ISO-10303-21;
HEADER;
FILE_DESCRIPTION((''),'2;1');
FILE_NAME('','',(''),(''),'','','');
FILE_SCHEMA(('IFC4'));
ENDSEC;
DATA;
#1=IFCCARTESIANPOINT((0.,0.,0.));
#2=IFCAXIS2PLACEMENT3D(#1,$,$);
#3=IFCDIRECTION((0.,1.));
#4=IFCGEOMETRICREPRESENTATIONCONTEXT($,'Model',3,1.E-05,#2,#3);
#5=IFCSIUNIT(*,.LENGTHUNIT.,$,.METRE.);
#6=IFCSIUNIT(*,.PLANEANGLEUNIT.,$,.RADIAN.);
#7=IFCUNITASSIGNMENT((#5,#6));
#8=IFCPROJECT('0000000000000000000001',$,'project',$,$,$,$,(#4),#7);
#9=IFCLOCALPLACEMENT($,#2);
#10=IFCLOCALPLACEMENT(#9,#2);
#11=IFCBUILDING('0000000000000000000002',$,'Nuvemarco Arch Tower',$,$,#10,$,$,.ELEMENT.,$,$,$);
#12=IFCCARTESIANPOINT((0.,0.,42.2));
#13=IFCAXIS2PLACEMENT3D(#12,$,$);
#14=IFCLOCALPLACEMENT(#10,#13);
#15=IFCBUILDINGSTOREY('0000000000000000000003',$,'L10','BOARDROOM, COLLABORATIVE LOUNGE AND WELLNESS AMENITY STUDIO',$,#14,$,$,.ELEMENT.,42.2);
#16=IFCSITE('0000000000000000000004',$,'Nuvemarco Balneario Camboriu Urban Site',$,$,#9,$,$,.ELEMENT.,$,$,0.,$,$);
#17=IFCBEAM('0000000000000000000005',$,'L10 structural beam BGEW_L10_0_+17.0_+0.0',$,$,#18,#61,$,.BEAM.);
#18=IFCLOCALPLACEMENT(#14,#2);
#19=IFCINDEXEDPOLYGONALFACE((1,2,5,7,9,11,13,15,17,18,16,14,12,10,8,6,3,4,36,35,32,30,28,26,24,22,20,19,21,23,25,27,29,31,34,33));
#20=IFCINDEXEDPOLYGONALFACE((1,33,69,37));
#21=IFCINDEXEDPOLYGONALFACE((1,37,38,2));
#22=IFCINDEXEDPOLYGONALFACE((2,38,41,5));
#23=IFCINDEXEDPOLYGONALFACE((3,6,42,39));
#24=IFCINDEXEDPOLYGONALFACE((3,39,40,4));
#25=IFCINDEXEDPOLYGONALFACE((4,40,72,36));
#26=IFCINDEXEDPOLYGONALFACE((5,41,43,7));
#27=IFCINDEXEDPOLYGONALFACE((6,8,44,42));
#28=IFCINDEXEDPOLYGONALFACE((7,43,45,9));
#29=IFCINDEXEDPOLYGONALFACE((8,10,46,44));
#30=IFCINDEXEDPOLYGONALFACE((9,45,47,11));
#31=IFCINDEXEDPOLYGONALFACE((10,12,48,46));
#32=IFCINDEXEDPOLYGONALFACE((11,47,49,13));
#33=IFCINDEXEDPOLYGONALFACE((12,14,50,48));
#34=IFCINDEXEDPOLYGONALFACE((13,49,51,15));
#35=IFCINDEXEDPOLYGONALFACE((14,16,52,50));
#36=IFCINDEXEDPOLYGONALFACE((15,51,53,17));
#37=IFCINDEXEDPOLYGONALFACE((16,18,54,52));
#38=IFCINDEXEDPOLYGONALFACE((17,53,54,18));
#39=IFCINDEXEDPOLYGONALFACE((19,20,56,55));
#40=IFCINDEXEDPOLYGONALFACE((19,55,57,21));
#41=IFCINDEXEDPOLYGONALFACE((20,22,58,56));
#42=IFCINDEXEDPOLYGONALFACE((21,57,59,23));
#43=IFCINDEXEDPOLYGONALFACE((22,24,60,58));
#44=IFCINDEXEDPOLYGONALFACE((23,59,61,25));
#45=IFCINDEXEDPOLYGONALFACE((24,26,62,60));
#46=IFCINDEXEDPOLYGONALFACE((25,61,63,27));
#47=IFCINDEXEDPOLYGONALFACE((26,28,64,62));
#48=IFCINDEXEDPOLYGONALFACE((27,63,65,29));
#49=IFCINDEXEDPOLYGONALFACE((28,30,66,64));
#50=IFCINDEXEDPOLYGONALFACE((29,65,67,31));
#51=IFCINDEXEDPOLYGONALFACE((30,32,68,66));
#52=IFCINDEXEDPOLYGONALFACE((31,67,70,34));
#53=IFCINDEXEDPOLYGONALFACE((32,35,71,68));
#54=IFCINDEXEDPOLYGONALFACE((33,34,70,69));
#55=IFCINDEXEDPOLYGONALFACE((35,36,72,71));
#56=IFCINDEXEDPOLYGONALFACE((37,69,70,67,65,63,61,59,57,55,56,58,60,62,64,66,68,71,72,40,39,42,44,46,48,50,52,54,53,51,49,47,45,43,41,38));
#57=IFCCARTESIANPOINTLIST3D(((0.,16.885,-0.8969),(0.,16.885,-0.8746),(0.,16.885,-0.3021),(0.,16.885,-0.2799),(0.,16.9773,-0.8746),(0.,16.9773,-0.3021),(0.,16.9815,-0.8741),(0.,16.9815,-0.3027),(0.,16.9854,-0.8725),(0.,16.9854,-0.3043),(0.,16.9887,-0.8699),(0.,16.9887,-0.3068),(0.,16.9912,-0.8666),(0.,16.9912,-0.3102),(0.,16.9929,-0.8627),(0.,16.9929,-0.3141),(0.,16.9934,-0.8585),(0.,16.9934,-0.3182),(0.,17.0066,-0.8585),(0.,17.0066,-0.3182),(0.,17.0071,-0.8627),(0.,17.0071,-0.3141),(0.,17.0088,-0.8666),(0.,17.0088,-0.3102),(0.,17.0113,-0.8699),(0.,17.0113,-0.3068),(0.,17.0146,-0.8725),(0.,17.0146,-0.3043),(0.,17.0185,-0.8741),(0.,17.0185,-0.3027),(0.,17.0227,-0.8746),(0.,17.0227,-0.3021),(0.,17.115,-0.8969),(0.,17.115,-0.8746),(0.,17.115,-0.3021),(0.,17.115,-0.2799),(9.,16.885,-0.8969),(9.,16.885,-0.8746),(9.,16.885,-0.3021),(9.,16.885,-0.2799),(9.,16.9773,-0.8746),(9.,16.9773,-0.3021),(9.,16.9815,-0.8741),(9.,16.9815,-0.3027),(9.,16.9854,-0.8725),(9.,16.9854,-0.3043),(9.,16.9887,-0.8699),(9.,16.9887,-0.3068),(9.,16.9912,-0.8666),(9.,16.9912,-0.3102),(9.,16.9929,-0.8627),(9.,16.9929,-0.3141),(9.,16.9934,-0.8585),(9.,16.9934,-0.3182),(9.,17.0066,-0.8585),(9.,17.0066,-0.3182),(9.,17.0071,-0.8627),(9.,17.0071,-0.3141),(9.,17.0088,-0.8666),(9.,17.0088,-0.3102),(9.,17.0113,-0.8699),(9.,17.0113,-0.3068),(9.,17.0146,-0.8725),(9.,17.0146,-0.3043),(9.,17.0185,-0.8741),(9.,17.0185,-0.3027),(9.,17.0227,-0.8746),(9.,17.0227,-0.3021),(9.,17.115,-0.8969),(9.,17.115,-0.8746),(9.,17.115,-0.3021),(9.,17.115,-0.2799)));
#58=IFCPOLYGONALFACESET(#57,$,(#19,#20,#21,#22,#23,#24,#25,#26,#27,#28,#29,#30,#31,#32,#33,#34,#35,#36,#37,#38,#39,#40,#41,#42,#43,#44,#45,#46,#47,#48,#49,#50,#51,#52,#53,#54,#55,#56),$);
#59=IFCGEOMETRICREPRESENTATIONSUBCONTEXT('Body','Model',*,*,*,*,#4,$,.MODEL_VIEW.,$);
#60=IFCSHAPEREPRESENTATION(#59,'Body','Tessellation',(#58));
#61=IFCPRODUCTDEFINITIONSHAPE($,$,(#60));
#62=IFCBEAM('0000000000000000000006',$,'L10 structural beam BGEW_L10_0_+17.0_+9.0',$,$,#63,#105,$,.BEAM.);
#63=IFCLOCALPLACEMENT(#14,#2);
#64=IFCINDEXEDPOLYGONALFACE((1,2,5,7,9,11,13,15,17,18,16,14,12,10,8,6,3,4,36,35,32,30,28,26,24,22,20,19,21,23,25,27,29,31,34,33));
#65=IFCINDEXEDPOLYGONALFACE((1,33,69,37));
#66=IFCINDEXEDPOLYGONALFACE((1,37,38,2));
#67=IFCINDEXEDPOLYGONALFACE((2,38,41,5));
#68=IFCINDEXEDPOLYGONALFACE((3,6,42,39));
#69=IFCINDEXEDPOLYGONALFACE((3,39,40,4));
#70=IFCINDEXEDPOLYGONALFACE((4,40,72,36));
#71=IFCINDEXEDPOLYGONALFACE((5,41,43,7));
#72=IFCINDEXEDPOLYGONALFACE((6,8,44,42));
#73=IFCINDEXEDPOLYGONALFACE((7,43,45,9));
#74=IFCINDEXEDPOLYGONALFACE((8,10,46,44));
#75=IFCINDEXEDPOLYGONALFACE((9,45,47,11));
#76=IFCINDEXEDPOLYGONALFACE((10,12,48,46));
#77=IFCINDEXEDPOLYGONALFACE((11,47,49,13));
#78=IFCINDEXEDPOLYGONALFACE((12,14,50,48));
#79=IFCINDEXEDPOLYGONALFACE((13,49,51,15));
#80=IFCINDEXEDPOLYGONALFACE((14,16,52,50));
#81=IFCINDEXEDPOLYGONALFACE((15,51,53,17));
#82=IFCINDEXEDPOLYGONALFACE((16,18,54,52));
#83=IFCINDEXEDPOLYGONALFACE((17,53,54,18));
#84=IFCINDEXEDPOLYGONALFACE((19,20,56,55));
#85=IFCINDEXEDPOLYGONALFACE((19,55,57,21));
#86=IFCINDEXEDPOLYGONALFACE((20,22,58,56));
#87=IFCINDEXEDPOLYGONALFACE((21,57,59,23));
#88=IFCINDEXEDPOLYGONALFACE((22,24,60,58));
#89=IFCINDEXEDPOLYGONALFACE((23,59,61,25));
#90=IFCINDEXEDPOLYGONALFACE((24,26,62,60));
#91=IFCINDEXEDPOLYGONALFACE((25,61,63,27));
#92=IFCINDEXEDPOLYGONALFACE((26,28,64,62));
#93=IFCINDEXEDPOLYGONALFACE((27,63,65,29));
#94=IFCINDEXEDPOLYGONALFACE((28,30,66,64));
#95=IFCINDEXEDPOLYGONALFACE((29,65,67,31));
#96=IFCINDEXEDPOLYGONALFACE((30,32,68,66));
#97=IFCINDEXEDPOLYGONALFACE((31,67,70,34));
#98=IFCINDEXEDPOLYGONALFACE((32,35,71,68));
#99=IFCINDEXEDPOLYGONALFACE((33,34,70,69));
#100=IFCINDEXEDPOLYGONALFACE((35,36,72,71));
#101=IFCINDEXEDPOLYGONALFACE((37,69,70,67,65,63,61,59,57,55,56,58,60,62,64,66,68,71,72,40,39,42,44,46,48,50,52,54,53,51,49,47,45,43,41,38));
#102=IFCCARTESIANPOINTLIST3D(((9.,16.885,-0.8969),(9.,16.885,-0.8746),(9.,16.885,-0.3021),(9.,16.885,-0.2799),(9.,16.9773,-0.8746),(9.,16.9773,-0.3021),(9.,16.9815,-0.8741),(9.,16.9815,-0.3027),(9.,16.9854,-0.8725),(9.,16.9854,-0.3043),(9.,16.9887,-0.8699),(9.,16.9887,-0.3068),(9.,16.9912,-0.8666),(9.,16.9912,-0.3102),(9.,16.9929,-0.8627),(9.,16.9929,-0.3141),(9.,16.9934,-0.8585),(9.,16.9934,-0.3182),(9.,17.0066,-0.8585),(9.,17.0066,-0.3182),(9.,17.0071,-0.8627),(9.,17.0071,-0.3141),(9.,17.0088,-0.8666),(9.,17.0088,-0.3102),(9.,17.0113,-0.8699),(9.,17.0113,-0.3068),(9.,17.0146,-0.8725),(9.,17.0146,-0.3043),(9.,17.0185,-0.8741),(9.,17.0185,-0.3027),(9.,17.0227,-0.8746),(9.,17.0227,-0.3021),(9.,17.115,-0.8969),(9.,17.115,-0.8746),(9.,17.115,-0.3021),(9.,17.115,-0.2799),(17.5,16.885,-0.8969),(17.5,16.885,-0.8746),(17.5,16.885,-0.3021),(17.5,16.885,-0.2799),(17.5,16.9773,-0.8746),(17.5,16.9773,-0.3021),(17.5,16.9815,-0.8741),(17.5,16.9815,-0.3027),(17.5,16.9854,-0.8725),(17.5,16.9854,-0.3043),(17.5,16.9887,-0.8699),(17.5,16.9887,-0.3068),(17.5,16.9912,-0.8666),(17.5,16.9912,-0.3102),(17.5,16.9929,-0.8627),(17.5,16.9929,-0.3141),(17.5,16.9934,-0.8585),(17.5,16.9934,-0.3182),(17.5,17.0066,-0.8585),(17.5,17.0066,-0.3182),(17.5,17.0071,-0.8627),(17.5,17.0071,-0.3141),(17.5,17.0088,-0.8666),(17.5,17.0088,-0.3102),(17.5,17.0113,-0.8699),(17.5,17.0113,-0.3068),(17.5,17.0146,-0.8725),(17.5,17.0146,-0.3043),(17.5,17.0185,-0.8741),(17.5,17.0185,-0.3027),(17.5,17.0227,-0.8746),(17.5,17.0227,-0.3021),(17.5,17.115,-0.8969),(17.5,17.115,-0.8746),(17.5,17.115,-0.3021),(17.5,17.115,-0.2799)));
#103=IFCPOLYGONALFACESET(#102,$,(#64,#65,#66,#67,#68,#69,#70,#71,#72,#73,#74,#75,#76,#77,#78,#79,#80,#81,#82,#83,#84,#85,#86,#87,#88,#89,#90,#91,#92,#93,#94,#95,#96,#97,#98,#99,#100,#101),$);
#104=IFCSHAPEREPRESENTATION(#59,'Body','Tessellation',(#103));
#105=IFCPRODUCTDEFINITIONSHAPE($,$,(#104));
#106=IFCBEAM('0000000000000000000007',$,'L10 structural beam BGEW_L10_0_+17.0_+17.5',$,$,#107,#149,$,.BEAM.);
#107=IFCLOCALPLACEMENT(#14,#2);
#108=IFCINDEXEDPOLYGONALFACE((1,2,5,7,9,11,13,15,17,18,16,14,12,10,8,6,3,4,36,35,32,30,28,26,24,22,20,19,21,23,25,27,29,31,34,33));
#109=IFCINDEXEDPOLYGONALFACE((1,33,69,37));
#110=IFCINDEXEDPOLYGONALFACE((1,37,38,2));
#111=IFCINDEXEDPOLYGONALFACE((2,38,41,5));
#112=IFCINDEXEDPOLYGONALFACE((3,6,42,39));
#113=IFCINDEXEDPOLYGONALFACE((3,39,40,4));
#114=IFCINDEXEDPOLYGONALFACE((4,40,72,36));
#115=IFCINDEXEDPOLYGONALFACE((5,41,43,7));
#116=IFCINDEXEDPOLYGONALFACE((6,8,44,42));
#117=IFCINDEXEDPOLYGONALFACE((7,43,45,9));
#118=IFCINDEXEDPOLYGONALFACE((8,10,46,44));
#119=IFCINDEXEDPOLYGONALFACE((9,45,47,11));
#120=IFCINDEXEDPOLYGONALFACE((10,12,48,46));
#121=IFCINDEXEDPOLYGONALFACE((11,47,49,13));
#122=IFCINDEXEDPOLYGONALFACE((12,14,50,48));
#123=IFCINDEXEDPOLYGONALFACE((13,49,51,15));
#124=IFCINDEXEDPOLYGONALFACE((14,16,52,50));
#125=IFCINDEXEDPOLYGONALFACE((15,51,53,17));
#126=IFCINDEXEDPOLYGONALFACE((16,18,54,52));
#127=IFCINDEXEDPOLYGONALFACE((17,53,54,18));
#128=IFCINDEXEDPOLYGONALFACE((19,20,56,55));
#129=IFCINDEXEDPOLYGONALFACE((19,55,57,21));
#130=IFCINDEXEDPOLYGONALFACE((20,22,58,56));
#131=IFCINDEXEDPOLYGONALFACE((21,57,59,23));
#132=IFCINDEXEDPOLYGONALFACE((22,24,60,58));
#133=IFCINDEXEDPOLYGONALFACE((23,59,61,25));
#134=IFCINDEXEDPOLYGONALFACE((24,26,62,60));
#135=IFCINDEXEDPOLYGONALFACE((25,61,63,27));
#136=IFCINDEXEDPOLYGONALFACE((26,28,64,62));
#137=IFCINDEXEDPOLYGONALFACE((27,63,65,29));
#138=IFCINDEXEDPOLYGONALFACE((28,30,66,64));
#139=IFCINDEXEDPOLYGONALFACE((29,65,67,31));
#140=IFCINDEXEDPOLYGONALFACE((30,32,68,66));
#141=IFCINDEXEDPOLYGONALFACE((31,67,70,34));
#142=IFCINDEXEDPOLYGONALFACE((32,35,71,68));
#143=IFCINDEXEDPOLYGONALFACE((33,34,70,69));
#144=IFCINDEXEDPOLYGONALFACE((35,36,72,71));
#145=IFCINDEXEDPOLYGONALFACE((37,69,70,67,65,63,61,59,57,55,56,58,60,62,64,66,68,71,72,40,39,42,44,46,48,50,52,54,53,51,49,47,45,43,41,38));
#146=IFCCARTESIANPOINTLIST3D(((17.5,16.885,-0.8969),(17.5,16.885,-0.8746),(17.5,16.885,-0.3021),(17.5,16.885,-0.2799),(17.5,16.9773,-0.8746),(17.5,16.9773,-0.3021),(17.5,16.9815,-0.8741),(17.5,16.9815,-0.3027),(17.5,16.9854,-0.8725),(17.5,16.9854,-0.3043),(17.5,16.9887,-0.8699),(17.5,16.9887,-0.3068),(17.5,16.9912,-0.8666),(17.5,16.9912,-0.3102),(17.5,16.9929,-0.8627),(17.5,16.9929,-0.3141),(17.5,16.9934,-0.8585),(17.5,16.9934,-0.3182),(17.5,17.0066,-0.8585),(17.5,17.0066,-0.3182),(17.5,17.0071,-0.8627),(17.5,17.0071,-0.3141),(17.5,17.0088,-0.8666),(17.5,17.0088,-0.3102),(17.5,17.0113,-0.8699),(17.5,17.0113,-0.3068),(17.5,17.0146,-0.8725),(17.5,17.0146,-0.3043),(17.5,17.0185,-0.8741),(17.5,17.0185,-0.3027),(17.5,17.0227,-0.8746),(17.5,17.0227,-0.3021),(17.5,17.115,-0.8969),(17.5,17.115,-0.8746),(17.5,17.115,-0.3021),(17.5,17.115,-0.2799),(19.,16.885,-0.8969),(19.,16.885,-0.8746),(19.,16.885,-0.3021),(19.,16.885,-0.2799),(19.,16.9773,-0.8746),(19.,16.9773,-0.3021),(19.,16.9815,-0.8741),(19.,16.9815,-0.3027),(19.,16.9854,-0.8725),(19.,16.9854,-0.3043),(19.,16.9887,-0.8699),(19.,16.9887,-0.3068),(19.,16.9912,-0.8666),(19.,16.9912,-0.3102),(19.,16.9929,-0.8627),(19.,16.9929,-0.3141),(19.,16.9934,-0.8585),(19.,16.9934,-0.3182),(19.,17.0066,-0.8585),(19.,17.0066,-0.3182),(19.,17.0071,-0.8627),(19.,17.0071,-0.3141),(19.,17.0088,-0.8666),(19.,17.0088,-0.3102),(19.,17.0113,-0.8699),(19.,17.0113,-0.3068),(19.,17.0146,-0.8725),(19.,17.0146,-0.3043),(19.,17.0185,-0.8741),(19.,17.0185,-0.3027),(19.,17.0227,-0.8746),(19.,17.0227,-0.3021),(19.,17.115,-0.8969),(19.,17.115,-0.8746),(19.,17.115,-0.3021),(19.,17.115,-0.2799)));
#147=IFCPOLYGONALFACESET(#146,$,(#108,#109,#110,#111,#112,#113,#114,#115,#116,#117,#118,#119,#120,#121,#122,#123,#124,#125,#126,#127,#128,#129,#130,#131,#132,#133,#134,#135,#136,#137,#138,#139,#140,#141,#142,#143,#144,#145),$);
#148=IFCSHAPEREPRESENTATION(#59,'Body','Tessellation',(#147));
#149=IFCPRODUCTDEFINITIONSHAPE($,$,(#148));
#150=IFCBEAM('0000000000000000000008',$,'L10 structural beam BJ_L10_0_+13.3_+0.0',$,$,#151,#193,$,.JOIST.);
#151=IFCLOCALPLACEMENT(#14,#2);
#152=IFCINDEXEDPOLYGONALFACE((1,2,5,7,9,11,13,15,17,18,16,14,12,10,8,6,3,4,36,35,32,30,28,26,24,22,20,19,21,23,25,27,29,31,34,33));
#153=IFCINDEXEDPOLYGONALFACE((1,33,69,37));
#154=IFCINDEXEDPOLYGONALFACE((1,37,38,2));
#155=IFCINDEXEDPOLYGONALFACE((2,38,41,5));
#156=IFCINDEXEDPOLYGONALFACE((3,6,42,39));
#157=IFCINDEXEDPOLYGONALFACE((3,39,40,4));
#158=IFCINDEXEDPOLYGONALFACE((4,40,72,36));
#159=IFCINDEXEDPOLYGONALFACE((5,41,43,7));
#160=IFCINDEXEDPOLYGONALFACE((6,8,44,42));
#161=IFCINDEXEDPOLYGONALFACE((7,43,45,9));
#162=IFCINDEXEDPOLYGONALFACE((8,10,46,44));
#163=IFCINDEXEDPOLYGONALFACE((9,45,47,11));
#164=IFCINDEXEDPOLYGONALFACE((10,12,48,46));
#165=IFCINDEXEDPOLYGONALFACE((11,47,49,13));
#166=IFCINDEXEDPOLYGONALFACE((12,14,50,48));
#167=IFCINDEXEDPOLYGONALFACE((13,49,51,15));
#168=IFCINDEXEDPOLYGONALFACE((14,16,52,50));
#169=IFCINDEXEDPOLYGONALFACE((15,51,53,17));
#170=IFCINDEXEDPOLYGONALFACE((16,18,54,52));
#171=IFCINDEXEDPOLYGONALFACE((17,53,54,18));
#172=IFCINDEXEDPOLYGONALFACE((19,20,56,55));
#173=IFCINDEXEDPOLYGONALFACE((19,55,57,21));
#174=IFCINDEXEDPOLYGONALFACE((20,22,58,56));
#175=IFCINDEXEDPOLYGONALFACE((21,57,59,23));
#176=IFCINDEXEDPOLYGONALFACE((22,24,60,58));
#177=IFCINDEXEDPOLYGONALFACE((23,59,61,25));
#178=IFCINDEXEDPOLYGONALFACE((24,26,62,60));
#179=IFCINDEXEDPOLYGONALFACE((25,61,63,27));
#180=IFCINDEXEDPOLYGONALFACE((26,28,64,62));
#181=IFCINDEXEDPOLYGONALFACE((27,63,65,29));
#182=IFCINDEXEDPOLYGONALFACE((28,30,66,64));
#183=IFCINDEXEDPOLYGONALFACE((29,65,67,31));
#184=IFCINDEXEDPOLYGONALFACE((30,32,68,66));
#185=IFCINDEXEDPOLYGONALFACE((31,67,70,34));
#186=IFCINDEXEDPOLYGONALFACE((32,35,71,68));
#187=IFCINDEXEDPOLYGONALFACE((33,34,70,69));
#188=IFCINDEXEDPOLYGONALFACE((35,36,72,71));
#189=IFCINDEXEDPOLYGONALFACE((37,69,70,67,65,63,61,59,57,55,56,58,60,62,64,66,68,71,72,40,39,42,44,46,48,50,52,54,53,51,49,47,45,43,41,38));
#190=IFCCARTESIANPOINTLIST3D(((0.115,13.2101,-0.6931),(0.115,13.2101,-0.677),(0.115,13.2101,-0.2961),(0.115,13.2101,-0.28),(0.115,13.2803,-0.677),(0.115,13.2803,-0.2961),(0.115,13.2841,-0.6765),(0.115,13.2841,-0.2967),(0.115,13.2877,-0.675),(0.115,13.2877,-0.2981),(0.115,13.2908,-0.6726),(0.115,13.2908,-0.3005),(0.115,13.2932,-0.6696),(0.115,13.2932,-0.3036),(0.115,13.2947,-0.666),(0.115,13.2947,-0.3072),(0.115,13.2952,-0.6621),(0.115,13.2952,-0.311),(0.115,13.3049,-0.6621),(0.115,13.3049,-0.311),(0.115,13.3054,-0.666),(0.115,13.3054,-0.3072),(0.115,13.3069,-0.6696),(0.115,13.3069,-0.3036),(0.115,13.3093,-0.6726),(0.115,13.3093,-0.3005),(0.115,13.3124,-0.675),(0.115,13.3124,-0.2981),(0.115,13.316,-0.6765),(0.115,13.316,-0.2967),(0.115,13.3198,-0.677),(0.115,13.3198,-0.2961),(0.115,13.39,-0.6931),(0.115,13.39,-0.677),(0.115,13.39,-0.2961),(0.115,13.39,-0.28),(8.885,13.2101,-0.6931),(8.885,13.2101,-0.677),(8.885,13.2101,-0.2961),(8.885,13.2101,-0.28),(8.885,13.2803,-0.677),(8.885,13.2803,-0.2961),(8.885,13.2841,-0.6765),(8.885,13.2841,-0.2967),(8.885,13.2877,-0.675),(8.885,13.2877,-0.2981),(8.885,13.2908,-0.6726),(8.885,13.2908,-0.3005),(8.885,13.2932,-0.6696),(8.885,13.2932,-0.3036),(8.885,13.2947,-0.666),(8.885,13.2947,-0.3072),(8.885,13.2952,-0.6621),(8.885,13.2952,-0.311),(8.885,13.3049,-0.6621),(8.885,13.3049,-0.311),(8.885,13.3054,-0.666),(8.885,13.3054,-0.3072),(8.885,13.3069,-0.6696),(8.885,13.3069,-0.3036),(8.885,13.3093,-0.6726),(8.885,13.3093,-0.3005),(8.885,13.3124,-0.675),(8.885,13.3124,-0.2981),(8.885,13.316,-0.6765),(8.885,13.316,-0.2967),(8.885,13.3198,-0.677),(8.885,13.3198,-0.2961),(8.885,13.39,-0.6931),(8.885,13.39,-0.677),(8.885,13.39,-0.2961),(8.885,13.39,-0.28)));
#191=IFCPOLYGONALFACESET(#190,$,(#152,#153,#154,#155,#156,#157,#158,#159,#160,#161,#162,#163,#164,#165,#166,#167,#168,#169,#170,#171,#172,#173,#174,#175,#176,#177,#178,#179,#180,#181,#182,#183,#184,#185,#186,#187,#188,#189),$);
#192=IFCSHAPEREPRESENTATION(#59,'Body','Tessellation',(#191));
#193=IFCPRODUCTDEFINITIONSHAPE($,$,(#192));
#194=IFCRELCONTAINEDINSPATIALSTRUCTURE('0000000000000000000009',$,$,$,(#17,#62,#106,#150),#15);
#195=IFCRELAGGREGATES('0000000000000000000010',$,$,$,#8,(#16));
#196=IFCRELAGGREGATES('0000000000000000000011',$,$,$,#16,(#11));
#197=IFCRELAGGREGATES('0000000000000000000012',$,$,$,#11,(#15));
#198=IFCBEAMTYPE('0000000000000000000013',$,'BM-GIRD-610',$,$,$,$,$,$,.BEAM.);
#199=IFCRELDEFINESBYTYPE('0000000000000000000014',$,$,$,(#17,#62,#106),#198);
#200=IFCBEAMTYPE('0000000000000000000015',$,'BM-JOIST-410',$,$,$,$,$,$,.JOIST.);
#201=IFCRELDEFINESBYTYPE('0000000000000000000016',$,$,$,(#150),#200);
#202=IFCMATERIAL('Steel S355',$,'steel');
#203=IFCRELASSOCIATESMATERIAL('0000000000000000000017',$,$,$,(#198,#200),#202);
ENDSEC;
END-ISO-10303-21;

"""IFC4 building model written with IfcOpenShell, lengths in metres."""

from ifc_helpers import new_model, si_unit, direction, frame, origin, origin_2d, place, context, subcontext, project, spatial, i_section, extrude, material, material_profile, profile_set, type_object, element, save


model = new_model("IFC4")

# Units and contexts
model_context = context("Model", 3, precision=1e-05, world=origin(), true_north=direction((0.0, 1.0)))
body_context = subcontext(model_context, "Body", "Model", "MODEL_VIEW")
ifc_project = project(units=[si_unit("LENGTHUNIT", "METRE"), si_unit("PLANEANGLEUNIT", "RADIAN")], contexts=[model_context])

# Site, building, storey
site_placement = place(None, origin())
site = spatial("IfcSite", under=ifc_project, at=site_placement, Name="Nuvemarco Balneario Camboriu Urban Site", CompositionType="ELEMENT", RefElevation=0.0)
building_placement = place(site_placement, origin())
building = spatial("IfcBuilding", under=site, at=building_placement, Name="Nuvemarco Arch Tower", CompositionType="ELEMENT")
storey_placement = place(building_placement, frame((0.0, 0.0, 42.2)))
storey = spatial("IfcBuildingStorey", under=building, at=storey_placement, Name="L10", Description="BOARDROOM, COLLABORATIVE LOUNGE AND WELLNESS AMENITY STUDIO", CompositionType="ELEMENT", Elevation=42.2)

# Shared definitions
ifc_material_1 = material(Name="Steel S355", Category="steel")

# Beams
ifc_material_profile_1 = material_profile(ifc_material_1, i_section(OverallWidth=0.23, OverallDepth=0.6169, WebThickness=0.0132, FlangeThickness=0.0222, FilletRadius=0.0161, at=origin_2d()), Name="W610x140")
ifc_profile_set_1 = profile_set([ifc_material_profile_1], Name="Steel S355")
beam_type_1 = type_object("IfcBeamType", Name="BM-GIRD-610", PredefinedType="BEAM", material=ifc_profile_set_1)
beam_1_placement = place(storey_placement, frame((0.0, 17.0, -0.5884), z_axis=(1.0, 0.0, 0.0), x_axis=(0.0, 1.0, 0.0)))
element("IfcBeam", 1, at=beam_1_placement, inside=storey, type_object=beam_type_1, Name="L10 structural beam BGEW_L10_0_+17.0_+0.0", PredefinedType="BEAM", context=body_context, shape_type="SweptSolid", body=[
    extrude(i_section(OverallWidth=0.23, OverallDepth=0.6169, WebThickness=0.0132, FlangeThickness=0.0222, FilletRadius=0.0161, at=origin_2d()), origin(), (0.0, 0.0, 1.0), 9.0),
])
beam_2_placement = place(storey_placement, frame((9.0, 17.0, -0.5884), z_axis=(1.0, 0.0, 0.0), x_axis=(0.0, 1.0, 0.0)))
element("IfcBeam", 2, at=beam_2_placement, inside=storey, type_object=beam_type_1, Name="L10 structural beam BGEW_L10_0_+17.0_+9.0", PredefinedType="BEAM", context=body_context, shape_type="SweptSolid", body=[
    extrude(i_section(OverallWidth=0.23, OverallDepth=0.6169, WebThickness=0.0132, FlangeThickness=0.0222, FilletRadius=0.0161, at=origin_2d()), origin(), (0.0, 0.0, 1.0), 8.5),
])
beam_3_placement = place(storey_placement, frame((17.5, 17.0, -0.5884), z_axis=(1.0, 0.0, 0.0), x_axis=(0.0, 1.0, 0.0)))
element("IfcBeam", 3, at=beam_3_placement, inside=storey, type_object=beam_type_1, Name="L10 structural beam BGEW_L10_0_+17.0_+17.5", PredefinedType="BEAM", context=body_context, shape_type="SweptSolid", body=[
    extrude(i_section(OverallWidth=0.23, OverallDepth=0.6169, WebThickness=0.0132, FlangeThickness=0.0222, FilletRadius=0.0161, at=origin_2d()), origin(), (0.0, 0.0, 1.0), 1.5),
])
ifc_material_profile_2 = material_profile(ifc_material_1, i_section(OverallWidth=0.1799, OverallDepth=0.4131, WebThickness=0.0098, FlangeThickness=0.0161, FilletRadius=0.0149, at=origin_2d()), Name="W410x75")
ifc_profile_set_2 = profile_set([ifc_material_profile_2], Name="Steel S355")
beam_type_2 = type_object("IfcBeamType", Name="BM-JOIST-410", PredefinedType="JOIST", material=ifc_profile_set_2)
beam_4_placement = place(storey_placement, frame((0.115, 13.3, -0.4866), z_axis=(1.0, 0.0, 0.0), x_axis=(0.0, 1.0, 0.0)))
element("IfcBeam", 4, at=beam_4_placement, inside=storey, type_object=beam_type_2, Name="L10 structural beam BJ_L10_0_+13.3_+0.0", PredefinedType="JOIST", context=body_context, shape_type="SweptSolid", body=[
    extrude(i_section(OverallWidth=0.1799, OverallDepth=0.4131, WebThickness=0.0098, FlangeThickness=0.0161, FilletRadius=0.0149, at=origin_2d()), origin(), (0.0, 0.0, 1.0), 8.77),
])

save(model, "model.ifc")
